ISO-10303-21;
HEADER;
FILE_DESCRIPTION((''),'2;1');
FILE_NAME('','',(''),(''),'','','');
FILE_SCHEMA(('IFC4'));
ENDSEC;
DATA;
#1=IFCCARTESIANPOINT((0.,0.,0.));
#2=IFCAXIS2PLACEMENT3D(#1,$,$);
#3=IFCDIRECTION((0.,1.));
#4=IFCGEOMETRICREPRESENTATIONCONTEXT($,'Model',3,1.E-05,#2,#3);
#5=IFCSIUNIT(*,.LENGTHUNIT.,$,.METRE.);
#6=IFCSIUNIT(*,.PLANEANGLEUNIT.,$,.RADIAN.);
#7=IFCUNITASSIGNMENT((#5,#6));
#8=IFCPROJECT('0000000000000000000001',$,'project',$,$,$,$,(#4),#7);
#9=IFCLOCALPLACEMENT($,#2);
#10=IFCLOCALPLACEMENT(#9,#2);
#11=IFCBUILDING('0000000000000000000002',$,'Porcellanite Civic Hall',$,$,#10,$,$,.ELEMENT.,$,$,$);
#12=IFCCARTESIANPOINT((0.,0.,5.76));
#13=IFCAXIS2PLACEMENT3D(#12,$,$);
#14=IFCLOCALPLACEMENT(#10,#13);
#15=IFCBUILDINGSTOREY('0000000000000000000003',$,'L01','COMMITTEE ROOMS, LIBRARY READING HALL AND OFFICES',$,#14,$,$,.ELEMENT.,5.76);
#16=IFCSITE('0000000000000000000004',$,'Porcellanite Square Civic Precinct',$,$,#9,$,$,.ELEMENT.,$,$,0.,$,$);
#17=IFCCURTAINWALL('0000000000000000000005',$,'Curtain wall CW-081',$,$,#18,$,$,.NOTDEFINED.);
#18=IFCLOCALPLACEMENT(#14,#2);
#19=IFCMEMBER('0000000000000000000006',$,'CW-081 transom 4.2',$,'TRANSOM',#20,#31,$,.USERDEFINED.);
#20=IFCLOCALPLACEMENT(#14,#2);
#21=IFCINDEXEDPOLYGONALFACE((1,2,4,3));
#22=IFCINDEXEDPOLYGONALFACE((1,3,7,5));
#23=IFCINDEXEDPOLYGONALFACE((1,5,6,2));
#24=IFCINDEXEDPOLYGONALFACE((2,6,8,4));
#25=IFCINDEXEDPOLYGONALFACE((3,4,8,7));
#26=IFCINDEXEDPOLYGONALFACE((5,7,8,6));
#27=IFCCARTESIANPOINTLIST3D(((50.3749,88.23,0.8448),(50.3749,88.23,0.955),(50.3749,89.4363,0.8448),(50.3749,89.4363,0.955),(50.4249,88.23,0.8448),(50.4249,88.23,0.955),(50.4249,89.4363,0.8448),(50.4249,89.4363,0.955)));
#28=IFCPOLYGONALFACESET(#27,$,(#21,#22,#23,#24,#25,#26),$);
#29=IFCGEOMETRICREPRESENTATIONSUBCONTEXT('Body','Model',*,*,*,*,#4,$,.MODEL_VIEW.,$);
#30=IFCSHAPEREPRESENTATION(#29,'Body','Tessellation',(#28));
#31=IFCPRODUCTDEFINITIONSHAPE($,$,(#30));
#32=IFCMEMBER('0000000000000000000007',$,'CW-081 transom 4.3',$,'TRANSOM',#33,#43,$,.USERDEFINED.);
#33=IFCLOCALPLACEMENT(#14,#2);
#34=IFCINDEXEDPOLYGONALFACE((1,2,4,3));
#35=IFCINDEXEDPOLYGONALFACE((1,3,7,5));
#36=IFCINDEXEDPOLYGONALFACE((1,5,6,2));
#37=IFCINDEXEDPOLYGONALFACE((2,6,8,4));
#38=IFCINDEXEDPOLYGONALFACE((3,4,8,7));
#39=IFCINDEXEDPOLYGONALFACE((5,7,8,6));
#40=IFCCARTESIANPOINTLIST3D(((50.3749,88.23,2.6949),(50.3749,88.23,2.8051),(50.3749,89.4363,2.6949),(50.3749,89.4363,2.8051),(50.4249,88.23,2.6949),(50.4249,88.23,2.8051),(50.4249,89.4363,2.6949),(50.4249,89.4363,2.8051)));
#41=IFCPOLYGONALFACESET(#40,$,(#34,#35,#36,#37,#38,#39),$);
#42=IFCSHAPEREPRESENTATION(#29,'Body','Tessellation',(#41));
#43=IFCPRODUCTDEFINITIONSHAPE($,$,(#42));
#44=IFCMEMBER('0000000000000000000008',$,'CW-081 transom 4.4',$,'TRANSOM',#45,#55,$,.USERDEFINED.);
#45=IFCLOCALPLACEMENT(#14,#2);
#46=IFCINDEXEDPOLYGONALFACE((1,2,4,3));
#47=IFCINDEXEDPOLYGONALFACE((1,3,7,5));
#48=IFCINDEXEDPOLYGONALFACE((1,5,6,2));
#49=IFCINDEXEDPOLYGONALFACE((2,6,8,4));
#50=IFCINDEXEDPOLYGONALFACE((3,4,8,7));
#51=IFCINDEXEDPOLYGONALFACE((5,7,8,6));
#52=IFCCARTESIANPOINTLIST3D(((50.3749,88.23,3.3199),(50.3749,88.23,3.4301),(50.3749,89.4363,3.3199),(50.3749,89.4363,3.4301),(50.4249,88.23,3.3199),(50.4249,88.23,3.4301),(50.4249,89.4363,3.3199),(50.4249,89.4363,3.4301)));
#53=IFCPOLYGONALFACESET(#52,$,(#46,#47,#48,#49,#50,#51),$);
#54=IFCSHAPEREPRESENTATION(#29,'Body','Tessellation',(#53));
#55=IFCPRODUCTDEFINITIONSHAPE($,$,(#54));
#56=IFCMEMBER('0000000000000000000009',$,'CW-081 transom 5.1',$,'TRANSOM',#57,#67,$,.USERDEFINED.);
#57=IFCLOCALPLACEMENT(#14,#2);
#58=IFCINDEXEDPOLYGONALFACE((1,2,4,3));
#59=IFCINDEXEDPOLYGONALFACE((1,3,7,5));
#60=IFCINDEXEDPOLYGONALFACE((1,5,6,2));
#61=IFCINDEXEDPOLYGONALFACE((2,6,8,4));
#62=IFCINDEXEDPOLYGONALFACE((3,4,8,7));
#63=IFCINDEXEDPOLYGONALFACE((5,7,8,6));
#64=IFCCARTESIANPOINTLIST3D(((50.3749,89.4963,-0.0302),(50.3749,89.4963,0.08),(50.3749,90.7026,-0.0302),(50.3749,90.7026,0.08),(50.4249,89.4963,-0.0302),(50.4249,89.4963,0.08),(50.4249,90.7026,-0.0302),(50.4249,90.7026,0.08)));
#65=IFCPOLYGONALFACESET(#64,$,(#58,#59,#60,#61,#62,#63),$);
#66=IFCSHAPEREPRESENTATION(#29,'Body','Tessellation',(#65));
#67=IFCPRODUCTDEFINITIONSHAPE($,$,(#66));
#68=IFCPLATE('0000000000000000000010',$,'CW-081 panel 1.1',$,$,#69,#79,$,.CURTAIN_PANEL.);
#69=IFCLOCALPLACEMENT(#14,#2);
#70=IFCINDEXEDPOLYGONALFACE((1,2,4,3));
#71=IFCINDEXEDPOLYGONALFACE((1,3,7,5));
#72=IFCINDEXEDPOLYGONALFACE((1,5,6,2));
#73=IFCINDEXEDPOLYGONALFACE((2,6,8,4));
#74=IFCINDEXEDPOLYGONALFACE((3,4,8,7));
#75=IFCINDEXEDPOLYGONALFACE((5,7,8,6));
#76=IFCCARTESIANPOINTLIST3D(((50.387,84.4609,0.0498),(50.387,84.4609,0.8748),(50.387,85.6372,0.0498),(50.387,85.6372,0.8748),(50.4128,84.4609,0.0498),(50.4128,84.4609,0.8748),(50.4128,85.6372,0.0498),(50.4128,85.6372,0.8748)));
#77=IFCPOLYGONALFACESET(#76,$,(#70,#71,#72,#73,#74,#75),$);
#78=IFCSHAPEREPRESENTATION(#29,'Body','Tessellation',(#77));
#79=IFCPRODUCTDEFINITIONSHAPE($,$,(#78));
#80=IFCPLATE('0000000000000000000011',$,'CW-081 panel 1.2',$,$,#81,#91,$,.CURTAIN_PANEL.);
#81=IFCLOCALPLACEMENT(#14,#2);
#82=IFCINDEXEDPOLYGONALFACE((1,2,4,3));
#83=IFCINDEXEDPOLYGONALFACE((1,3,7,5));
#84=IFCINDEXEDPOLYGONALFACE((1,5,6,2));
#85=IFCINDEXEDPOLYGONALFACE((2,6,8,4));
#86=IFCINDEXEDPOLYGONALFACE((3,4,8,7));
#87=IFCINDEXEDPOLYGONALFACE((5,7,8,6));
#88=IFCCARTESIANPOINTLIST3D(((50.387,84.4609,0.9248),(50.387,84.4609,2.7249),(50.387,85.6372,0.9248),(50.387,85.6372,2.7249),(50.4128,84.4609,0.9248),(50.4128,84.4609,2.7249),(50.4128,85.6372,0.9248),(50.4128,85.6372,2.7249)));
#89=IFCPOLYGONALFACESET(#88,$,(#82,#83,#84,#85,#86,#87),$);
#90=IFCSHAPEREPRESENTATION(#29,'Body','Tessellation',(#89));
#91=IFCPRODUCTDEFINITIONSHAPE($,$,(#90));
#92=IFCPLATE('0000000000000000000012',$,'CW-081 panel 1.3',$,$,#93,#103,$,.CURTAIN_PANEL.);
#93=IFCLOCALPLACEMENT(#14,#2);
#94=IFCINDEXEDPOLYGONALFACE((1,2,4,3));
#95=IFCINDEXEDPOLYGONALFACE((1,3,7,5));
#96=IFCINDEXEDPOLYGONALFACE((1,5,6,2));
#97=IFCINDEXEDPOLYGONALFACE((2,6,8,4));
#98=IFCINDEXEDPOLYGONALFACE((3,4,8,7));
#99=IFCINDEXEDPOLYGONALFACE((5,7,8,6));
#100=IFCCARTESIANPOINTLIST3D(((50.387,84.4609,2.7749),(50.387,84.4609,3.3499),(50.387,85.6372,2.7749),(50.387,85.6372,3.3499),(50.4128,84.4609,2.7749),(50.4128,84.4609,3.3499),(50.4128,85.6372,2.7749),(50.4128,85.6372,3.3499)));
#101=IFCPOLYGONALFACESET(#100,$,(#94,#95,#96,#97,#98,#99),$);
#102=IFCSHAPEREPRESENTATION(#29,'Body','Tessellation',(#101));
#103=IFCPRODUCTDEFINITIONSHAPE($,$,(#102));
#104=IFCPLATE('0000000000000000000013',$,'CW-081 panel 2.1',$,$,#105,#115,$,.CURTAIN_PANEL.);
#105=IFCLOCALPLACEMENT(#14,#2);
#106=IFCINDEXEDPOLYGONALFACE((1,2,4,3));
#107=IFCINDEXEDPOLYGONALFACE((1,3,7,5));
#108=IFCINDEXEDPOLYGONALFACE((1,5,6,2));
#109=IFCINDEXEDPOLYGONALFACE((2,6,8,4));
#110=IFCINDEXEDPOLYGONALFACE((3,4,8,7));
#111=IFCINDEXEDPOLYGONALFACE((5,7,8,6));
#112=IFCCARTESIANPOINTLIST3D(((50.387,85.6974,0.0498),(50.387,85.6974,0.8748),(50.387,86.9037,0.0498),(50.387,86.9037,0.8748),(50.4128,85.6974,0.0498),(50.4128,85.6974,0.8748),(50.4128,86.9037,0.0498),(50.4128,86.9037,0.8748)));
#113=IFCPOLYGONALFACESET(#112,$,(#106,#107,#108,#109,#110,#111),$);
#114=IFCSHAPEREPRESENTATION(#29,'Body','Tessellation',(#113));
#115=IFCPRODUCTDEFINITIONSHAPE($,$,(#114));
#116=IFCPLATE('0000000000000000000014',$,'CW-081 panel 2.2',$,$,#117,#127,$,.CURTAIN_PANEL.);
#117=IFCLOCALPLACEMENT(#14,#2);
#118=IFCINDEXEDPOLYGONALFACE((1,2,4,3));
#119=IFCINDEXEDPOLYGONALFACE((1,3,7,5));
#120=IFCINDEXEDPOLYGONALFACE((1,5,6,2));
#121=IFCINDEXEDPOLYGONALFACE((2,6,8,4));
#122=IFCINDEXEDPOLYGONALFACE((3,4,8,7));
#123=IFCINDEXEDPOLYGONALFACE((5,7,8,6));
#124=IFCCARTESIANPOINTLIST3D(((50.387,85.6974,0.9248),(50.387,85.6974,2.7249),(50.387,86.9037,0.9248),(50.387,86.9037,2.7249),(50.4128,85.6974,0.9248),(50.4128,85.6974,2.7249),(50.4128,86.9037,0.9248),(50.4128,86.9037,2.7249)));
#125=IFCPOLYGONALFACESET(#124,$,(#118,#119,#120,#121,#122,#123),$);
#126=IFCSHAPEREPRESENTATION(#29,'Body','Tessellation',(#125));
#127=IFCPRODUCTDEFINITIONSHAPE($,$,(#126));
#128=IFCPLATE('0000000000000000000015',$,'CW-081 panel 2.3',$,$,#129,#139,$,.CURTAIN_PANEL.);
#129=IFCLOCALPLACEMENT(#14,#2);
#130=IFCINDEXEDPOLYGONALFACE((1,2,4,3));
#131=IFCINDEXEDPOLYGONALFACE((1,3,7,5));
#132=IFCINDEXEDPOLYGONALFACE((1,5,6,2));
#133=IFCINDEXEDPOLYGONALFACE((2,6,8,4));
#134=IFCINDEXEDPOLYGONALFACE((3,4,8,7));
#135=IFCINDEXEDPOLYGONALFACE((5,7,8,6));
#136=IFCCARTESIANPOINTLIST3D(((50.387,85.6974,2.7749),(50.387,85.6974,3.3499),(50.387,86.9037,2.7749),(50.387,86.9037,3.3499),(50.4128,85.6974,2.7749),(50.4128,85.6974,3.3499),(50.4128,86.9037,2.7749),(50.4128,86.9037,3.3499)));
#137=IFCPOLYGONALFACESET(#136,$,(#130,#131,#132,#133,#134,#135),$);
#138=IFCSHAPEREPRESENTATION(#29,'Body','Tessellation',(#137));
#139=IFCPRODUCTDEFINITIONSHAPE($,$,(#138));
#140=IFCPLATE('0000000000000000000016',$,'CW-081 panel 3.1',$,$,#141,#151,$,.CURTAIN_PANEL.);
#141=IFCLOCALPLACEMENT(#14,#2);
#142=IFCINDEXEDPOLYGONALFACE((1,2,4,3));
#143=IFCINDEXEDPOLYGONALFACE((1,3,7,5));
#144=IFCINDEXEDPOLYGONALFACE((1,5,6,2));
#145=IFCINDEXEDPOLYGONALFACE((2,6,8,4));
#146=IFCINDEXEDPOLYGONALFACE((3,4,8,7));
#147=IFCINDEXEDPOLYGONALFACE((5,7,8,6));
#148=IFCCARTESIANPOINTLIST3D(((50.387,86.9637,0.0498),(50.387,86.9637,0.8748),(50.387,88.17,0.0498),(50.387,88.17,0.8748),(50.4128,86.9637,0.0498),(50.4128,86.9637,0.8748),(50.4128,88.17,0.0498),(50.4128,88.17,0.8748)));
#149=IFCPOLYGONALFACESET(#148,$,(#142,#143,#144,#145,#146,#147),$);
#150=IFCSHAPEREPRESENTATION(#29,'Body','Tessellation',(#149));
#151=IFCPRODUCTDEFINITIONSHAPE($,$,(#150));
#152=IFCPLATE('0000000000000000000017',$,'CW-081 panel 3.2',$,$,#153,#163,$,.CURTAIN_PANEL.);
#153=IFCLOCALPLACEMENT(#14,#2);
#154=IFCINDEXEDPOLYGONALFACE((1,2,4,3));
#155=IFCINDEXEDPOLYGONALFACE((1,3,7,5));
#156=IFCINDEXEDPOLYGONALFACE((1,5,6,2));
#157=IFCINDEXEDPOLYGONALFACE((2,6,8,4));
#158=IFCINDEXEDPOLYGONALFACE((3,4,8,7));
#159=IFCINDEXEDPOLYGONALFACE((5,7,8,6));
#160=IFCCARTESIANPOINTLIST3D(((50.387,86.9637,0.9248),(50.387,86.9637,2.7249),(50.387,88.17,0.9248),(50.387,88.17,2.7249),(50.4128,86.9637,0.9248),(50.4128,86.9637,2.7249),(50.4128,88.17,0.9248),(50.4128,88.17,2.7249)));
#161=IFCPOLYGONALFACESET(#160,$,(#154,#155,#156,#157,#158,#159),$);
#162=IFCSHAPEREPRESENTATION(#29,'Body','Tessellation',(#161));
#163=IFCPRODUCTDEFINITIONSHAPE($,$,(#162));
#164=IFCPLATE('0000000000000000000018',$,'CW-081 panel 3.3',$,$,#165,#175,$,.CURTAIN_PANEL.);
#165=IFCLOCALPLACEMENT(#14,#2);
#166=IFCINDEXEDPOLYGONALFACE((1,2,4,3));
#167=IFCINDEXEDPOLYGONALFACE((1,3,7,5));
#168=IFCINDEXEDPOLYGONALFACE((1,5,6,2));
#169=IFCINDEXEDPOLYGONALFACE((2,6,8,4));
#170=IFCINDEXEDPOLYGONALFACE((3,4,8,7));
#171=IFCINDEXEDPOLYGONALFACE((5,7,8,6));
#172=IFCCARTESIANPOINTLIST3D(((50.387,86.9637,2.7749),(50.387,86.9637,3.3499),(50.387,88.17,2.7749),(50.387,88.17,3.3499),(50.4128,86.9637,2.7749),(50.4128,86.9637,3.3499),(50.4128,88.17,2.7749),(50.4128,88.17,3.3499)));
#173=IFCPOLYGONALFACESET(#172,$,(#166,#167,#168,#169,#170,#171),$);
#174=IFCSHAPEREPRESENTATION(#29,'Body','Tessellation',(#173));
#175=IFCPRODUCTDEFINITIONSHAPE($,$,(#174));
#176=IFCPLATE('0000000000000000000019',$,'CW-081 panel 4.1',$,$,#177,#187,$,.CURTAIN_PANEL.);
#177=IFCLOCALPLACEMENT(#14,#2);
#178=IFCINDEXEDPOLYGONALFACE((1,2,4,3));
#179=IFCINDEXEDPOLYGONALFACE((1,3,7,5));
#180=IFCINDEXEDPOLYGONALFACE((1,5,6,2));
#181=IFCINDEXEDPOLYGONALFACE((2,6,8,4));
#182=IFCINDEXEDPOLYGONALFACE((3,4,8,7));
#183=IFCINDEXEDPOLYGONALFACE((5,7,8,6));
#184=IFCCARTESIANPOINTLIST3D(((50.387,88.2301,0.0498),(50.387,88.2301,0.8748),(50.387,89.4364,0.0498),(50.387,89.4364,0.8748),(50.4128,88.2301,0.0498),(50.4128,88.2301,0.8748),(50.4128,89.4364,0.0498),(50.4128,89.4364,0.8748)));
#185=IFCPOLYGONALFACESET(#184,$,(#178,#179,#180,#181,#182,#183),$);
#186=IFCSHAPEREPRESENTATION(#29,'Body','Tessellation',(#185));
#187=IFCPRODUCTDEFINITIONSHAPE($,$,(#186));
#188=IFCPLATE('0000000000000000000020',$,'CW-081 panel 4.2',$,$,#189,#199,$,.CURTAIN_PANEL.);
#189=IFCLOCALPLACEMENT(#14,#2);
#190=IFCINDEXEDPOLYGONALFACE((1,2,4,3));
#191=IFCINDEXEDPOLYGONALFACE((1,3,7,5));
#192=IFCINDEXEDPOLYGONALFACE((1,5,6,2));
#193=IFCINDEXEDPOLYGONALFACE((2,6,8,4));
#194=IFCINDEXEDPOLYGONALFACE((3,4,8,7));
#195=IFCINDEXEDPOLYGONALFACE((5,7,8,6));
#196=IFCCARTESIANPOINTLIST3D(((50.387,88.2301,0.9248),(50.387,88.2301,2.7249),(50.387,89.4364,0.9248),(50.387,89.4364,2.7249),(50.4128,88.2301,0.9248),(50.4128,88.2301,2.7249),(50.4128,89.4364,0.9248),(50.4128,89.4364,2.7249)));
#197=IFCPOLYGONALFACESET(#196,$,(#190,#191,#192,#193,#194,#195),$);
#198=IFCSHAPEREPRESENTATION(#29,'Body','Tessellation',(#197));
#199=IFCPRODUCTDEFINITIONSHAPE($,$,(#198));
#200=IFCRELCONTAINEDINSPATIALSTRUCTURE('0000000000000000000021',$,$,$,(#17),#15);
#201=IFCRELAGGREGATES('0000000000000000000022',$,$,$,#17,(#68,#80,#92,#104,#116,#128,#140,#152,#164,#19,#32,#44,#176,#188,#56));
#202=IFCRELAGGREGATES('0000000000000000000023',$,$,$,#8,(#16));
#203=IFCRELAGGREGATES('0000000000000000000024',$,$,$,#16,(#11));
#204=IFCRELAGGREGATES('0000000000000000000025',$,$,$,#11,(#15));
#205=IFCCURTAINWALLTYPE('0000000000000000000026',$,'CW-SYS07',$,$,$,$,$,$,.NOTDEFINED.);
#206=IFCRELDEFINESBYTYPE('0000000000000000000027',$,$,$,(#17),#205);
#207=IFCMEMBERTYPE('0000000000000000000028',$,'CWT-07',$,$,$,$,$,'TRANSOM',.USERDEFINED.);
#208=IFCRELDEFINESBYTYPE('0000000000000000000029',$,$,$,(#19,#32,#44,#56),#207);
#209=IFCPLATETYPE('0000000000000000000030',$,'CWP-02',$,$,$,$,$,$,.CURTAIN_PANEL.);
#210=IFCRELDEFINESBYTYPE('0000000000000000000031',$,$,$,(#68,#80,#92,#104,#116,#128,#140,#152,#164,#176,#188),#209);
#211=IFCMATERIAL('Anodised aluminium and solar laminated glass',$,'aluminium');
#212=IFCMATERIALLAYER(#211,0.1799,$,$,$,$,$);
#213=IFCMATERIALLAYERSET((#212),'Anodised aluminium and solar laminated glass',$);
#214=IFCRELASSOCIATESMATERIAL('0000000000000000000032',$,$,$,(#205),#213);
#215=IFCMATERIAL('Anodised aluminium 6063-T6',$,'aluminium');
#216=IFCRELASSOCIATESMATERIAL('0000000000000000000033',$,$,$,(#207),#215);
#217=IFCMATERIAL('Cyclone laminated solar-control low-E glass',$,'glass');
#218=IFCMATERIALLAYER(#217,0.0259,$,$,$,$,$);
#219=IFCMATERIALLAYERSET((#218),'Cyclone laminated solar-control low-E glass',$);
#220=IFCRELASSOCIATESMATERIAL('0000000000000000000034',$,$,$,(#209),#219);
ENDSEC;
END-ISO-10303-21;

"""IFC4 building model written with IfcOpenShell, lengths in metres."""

from ifc_helpers import new_model, si_unit, direction, frame, origin, origin_2d, place, context, subcontext, project, spatial, rectangle, extrude, material, layer, layer_set, material_profile, profile_set, type_object, element, aggregate, save


model = new_model("IFC4")

# Units and contexts
model_context = context("Model", 3, precision=1e-05, world=origin(), true_north=direction((0.0, 1.0)))
body_context = subcontext(model_context, "Body", "Model", "MODEL_VIEW")
ifc_project = project(units=[si_unit("LENGTHUNIT", "METRE"), si_unit("PLANEANGLEUNIT", "RADIAN")], contexts=[model_context])

# Site, building, storey
site_placement = place(None, origin())
site = spatial("IfcSite", under=ifc_project, at=site_placement, Name="Porcellanite Square Civic Precinct", CompositionType="ELEMENT", RefElevation=0.0)
building_placement = place(site_placement, origin())
building = spatial("IfcBuilding", under=site, at=building_placement, Name="Porcellanite Civic Hall", CompositionType="ELEMENT")
storey_placement = place(building_placement, frame((0.0, 0.0, 5.76)))
storey = spatial("IfcBuildingStorey", under=building, at=storey_placement, Name="L01", Description="COMMITTEE ROOMS, LIBRARY READING HALL AND OFFICES", CompositionType="ELEMENT", Elevation=5.76)

# Curtain wall, members, plates
ifc_material_1 = material(Name="Anodised aluminium and solar laminated glass", Category="aluminium")
ifc_layer_1 = layer(ifc_material_1, 0.1799)
ifc_layer_set_1 = layer_set([ifc_layer_1], Name="Anodised aluminium and solar laminated glass")
curtain_wall_type = type_object("IfcCurtainWallType", Name="CW-SYS07", PredefinedType="NOTDEFINED", material=ifc_layer_set_1)
curtain_wall_placement = place(storey_placement, origin())
curtain_wall = element("IfcCurtainWall", 1, at=curtain_wall_placement, inside=storey, type_object=curtain_wall_type, Name="Curtain wall CW-081", PredefinedType="NOTDEFINED")
ifc_material_2 = material(Name="Anodised aluminium 6063-T6", Category="aluminium")
ifc_material_profile_1 = material_profile(ifc_material_2, rectangle(XDim=0.05, YDim=0.1101, at=origin_2d()), Name="AL-50x110")
ifc_profile_set_1 = profile_set([ifc_material_profile_1], Name="Anodised aluminium 6063-T6")
member_type_1 = type_object("IfcMemberType", Name="CWT-07", ElementType="TRANSOM", PredefinedType="USERDEFINED", material=ifc_profile_set_1)
member_1_placement = place(storey_placement, frame((50.3999, 88.23, 0.8999), z_axis=(0.0, 1.0, 0.0), x_axis=(-1.0, 0.0, 0.0)))
member_1 = element("IfcMember", 2, at=member_1_placement, type_object=member_type_1, Name="CW-081 transom 4.2", ObjectType="TRANSOM", PredefinedType="USERDEFINED", context=body_context, shape_type="SweptSolid", body=[
    extrude(rectangle(XDim=0.05, YDim=0.1101, at=origin_2d()), origin(), (0.0, 0.0, 1.0), 1.2063),
])
member_2_placement = place(storey_placement, frame((50.3999, 88.23, 2.75), z_axis=(0.0, 1.0, 0.0), x_axis=(-1.0, 0.0, 0.0)))
member_2 = element("IfcMember", 3, at=member_2_placement, type_object=member_type_1, Name="CW-081 transom 4.3", ObjectType="TRANSOM", PredefinedType="USERDEFINED", context=body_context, shape_type="SweptSolid", body=[
    extrude(rectangle(XDim=0.05, YDim=0.1101, at=origin_2d()), origin(), (0.0, 0.0, 1.0), 1.2063),
])
member_3_placement = place(storey_placement, frame((50.3999, 88.23, 3.375), z_axis=(0.0, 1.0, 0.0), x_axis=(-1.0, 0.0, 0.0)))
member_3 = element("IfcMember", 4, at=member_3_placement, type_object=member_type_1, Name="CW-081 transom 4.4", ObjectType="TRANSOM", PredefinedType="USERDEFINED", context=body_context, shape_type="SweptSolid", body=[
    extrude(rectangle(XDim=0.05, YDim=0.1101, at=origin_2d()), origin(), (0.0, 0.0, 1.0), 1.2063),
])
member_4_placement = place(storey_placement, frame((50.3999, 89.4963, 0.0249), z_axis=(0.0, 1.0, 0.0), x_axis=(-1.0, 0.0, 0.0)))
member_4 = element("IfcMember", 5, at=member_4_placement, type_object=member_type_1, Name="CW-081 transom 5.1", ObjectType="TRANSOM", PredefinedType="USERDEFINED", context=body_context, shape_type="SweptSolid", body=[
    extrude(rectangle(XDim=0.05, YDim=0.1101, at=origin_2d()), origin(), (0.0, 0.0, 1.0), 1.2063),
])
ifc_material_3 = material(Name="Cyclone laminated solar-control low-E glass", Category="glass")
ifc_layer_2 = layer(ifc_material_3, 0.0259)
ifc_layer_set_2 = layer_set([ifc_layer_2], Name="Cyclone laminated solar-control low-E glass")
plate_type = type_object("IfcPlateType", Name="CWP-02", PredefinedType="CURTAIN_PANEL", material=ifc_layer_set_2)
plate_1_placement = place(storey_placement, frame((50.3999, 85.0491, 0.0498), z_axis=(0.0, 0.0, 1.0), x_axis=(0.0, 1.0, 0.0)))
plate_1 = element("IfcPlate", 6, at=plate_1_placement, type_object=plate_type, Name="CW-081 panel 1.1", PredefinedType="CURTAIN_PANEL", context=body_context, shape_type="SweptSolid", body=[
    extrude(rectangle(XDim=1.1763, YDim=0.0259, at=origin_2d()), origin(), (0.0, 0.0, 1.0), 0.825),
])
plate_2_placement = place(storey_placement, frame((50.3999, 85.0491, 0.9248), z_axis=(0.0, 0.0, 1.0), x_axis=(0.0, 1.0, 0.0)))
plate_2 = element("IfcPlate", 7, at=plate_2_placement, type_object=plate_type, Name="CW-081 panel 1.2", PredefinedType="CURTAIN_PANEL", context=body_context, shape_type="SweptSolid", body=[
    extrude(rectangle(XDim=1.1763, YDim=0.0259, at=origin_2d()), origin(), (0.0, 0.0, 1.0), 1.8),
])
plate_3_placement = place(storey_placement, frame((50.3999, 85.0491, 2.7749), z_axis=(0.0, 0.0, 1.0), x_axis=(0.0, 1.0, 0.0)))
plate_3 = element("IfcPlate", 8, at=plate_3_placement, type_object=plate_type, Name="CW-081 panel 1.3", PredefinedType="CURTAIN_PANEL", context=body_context, shape_type="SweptSolid", body=[
    extrude(rectangle(XDim=1.1763, YDim=0.0259, at=origin_2d()), origin(), (0.0, 0.0, 1.0), 0.575),
])
plate_4_placement = place(storey_placement, frame((50.3999, 86.3005, 0.0498), z_axis=(0.0, 0.0, 1.0), x_axis=(0.0, 1.0, 0.0)))
plate_4 = element("IfcPlate", 9, at=plate_4_placement, type_object=plate_type, Name="CW-081 panel 2.1", PredefinedType="CURTAIN_PANEL", context=body_context, shape_type="SweptSolid", body=[
    extrude(rectangle(XDim=1.2063, YDim=0.0259, at=origin_2d()), origin(), (0.0, 0.0, 1.0), 0.825),
])
plate_5_placement = place(storey_placement, frame((50.3999, 86.3005, 0.9248), z_axis=(0.0, 0.0, 1.0), x_axis=(0.0, 1.0, 0.0)))
plate_5 = element("IfcPlate", 10, at=plate_5_placement, type_object=plate_type, Name="CW-081 panel 2.2", PredefinedType="CURTAIN_PANEL", context=body_context, shape_type="SweptSolid", body=[
    extrude(rectangle(XDim=1.2063, YDim=0.0259, at=origin_2d()), origin(), (0.0, 0.0, 1.0), 1.8),
])
plate_6_placement = place(storey_placement, frame((50.3999, 86.3005, 2.7749), z_axis=(0.0, 0.0, 1.0), x_axis=(0.0, 1.0, 0.0)))
plate_6 = element("IfcPlate", 11, at=plate_6_placement, type_object=plate_type, Name="CW-081 panel 2.3", PredefinedType="CURTAIN_PANEL", context=body_context, shape_type="SweptSolid", body=[
    extrude(rectangle(XDim=1.2063, YDim=0.0259, at=origin_2d()), origin(), (0.0, 0.0, 1.0), 0.575),
])
plate_7_placement = place(storey_placement, frame((50.3999, 87.5669, 0.0498), z_axis=(0.0, 0.0, 1.0), x_axis=(0.0, 1.0, 0.0)))
plate_7 = element("IfcPlate", 12, at=plate_7_placement, type_object=plate_type, Name="CW-081 panel 3.1", PredefinedType="CURTAIN_PANEL", context=body_context, shape_type="SweptSolid", body=[
    extrude(rectangle(XDim=1.2063, YDim=0.0259, at=origin_2d()), origin(), (0.0, 0.0, 1.0), 0.825),
])
plate_8_placement = place(storey_placement, frame((50.3999, 87.5669, 0.9248), z_axis=(0.0, 0.0, 1.0), x_axis=(0.0, 1.0, 0.0)))
plate_8 = element("IfcPlate", 13, at=plate_8_placement, type_object=plate_type, Name="CW-081 panel 3.2", PredefinedType="CURTAIN_PANEL", context=body_context, shape_type="SweptSolid", body=[
    extrude(rectangle(XDim=1.2063, YDim=0.0259, at=origin_2d()), origin(), (0.0, 0.0, 1.0), 1.8),
])
plate_9_placement = place(storey_placement, frame((50.3999, 87.5669, 2.7749), z_axis=(0.0, 0.0, 1.0), x_axis=(0.0, 1.0, 0.0)))
plate_9 = element("IfcPlate", 14, at=plate_9_placement, type_object=plate_type, Name="CW-081 panel 3.3", PredefinedType="CURTAIN_PANEL", context=body_context, shape_type="SweptSolid", body=[
    extrude(rectangle(XDim=1.2063, YDim=0.0259, at=origin_2d()), origin(), (0.0, 0.0, 1.0), 0.575),
])
plate_10_placement = place(storey_placement, frame((50.3999, 88.8333, 0.0498), z_axis=(0.0, 0.0, 1.0), x_axis=(0.0, 1.0, 0.0)))
plate_10 = element("IfcPlate", 15, at=plate_10_placement, type_object=plate_type, Name="CW-081 panel 4.1", PredefinedType="CURTAIN_PANEL", context=body_context, shape_type="SweptSolid", body=[
    extrude(rectangle(XDim=1.2063, YDim=0.0259, at=origin_2d()), origin(), (0.0, 0.0, 1.0), 0.825),
])
plate_11_placement = place(storey_placement, frame((50.3999, 88.8333, 0.9248), z_axis=(0.0, 0.0, 1.0), x_axis=(0.0, 1.0, 0.0)))
plate_11 = element("IfcPlate", 16, at=plate_11_placement, type_object=plate_type, Name="CW-081 panel 4.2", PredefinedType="CURTAIN_PANEL", context=body_context, shape_type="SweptSolid", body=[
    extrude(rectangle(XDim=1.2063, YDim=0.0259, at=origin_2d()), origin(), (0.0, 0.0, 1.0), 1.8),
])
aggregate(curtain_wall, [plate_1, plate_2, plate_3, plate_4, plate_5, plate_6, plate_7, plate_8, plate_9, member_1, member_2, member_3, plate_10, plate_11, member_4])

save(model, "model.ifc")
